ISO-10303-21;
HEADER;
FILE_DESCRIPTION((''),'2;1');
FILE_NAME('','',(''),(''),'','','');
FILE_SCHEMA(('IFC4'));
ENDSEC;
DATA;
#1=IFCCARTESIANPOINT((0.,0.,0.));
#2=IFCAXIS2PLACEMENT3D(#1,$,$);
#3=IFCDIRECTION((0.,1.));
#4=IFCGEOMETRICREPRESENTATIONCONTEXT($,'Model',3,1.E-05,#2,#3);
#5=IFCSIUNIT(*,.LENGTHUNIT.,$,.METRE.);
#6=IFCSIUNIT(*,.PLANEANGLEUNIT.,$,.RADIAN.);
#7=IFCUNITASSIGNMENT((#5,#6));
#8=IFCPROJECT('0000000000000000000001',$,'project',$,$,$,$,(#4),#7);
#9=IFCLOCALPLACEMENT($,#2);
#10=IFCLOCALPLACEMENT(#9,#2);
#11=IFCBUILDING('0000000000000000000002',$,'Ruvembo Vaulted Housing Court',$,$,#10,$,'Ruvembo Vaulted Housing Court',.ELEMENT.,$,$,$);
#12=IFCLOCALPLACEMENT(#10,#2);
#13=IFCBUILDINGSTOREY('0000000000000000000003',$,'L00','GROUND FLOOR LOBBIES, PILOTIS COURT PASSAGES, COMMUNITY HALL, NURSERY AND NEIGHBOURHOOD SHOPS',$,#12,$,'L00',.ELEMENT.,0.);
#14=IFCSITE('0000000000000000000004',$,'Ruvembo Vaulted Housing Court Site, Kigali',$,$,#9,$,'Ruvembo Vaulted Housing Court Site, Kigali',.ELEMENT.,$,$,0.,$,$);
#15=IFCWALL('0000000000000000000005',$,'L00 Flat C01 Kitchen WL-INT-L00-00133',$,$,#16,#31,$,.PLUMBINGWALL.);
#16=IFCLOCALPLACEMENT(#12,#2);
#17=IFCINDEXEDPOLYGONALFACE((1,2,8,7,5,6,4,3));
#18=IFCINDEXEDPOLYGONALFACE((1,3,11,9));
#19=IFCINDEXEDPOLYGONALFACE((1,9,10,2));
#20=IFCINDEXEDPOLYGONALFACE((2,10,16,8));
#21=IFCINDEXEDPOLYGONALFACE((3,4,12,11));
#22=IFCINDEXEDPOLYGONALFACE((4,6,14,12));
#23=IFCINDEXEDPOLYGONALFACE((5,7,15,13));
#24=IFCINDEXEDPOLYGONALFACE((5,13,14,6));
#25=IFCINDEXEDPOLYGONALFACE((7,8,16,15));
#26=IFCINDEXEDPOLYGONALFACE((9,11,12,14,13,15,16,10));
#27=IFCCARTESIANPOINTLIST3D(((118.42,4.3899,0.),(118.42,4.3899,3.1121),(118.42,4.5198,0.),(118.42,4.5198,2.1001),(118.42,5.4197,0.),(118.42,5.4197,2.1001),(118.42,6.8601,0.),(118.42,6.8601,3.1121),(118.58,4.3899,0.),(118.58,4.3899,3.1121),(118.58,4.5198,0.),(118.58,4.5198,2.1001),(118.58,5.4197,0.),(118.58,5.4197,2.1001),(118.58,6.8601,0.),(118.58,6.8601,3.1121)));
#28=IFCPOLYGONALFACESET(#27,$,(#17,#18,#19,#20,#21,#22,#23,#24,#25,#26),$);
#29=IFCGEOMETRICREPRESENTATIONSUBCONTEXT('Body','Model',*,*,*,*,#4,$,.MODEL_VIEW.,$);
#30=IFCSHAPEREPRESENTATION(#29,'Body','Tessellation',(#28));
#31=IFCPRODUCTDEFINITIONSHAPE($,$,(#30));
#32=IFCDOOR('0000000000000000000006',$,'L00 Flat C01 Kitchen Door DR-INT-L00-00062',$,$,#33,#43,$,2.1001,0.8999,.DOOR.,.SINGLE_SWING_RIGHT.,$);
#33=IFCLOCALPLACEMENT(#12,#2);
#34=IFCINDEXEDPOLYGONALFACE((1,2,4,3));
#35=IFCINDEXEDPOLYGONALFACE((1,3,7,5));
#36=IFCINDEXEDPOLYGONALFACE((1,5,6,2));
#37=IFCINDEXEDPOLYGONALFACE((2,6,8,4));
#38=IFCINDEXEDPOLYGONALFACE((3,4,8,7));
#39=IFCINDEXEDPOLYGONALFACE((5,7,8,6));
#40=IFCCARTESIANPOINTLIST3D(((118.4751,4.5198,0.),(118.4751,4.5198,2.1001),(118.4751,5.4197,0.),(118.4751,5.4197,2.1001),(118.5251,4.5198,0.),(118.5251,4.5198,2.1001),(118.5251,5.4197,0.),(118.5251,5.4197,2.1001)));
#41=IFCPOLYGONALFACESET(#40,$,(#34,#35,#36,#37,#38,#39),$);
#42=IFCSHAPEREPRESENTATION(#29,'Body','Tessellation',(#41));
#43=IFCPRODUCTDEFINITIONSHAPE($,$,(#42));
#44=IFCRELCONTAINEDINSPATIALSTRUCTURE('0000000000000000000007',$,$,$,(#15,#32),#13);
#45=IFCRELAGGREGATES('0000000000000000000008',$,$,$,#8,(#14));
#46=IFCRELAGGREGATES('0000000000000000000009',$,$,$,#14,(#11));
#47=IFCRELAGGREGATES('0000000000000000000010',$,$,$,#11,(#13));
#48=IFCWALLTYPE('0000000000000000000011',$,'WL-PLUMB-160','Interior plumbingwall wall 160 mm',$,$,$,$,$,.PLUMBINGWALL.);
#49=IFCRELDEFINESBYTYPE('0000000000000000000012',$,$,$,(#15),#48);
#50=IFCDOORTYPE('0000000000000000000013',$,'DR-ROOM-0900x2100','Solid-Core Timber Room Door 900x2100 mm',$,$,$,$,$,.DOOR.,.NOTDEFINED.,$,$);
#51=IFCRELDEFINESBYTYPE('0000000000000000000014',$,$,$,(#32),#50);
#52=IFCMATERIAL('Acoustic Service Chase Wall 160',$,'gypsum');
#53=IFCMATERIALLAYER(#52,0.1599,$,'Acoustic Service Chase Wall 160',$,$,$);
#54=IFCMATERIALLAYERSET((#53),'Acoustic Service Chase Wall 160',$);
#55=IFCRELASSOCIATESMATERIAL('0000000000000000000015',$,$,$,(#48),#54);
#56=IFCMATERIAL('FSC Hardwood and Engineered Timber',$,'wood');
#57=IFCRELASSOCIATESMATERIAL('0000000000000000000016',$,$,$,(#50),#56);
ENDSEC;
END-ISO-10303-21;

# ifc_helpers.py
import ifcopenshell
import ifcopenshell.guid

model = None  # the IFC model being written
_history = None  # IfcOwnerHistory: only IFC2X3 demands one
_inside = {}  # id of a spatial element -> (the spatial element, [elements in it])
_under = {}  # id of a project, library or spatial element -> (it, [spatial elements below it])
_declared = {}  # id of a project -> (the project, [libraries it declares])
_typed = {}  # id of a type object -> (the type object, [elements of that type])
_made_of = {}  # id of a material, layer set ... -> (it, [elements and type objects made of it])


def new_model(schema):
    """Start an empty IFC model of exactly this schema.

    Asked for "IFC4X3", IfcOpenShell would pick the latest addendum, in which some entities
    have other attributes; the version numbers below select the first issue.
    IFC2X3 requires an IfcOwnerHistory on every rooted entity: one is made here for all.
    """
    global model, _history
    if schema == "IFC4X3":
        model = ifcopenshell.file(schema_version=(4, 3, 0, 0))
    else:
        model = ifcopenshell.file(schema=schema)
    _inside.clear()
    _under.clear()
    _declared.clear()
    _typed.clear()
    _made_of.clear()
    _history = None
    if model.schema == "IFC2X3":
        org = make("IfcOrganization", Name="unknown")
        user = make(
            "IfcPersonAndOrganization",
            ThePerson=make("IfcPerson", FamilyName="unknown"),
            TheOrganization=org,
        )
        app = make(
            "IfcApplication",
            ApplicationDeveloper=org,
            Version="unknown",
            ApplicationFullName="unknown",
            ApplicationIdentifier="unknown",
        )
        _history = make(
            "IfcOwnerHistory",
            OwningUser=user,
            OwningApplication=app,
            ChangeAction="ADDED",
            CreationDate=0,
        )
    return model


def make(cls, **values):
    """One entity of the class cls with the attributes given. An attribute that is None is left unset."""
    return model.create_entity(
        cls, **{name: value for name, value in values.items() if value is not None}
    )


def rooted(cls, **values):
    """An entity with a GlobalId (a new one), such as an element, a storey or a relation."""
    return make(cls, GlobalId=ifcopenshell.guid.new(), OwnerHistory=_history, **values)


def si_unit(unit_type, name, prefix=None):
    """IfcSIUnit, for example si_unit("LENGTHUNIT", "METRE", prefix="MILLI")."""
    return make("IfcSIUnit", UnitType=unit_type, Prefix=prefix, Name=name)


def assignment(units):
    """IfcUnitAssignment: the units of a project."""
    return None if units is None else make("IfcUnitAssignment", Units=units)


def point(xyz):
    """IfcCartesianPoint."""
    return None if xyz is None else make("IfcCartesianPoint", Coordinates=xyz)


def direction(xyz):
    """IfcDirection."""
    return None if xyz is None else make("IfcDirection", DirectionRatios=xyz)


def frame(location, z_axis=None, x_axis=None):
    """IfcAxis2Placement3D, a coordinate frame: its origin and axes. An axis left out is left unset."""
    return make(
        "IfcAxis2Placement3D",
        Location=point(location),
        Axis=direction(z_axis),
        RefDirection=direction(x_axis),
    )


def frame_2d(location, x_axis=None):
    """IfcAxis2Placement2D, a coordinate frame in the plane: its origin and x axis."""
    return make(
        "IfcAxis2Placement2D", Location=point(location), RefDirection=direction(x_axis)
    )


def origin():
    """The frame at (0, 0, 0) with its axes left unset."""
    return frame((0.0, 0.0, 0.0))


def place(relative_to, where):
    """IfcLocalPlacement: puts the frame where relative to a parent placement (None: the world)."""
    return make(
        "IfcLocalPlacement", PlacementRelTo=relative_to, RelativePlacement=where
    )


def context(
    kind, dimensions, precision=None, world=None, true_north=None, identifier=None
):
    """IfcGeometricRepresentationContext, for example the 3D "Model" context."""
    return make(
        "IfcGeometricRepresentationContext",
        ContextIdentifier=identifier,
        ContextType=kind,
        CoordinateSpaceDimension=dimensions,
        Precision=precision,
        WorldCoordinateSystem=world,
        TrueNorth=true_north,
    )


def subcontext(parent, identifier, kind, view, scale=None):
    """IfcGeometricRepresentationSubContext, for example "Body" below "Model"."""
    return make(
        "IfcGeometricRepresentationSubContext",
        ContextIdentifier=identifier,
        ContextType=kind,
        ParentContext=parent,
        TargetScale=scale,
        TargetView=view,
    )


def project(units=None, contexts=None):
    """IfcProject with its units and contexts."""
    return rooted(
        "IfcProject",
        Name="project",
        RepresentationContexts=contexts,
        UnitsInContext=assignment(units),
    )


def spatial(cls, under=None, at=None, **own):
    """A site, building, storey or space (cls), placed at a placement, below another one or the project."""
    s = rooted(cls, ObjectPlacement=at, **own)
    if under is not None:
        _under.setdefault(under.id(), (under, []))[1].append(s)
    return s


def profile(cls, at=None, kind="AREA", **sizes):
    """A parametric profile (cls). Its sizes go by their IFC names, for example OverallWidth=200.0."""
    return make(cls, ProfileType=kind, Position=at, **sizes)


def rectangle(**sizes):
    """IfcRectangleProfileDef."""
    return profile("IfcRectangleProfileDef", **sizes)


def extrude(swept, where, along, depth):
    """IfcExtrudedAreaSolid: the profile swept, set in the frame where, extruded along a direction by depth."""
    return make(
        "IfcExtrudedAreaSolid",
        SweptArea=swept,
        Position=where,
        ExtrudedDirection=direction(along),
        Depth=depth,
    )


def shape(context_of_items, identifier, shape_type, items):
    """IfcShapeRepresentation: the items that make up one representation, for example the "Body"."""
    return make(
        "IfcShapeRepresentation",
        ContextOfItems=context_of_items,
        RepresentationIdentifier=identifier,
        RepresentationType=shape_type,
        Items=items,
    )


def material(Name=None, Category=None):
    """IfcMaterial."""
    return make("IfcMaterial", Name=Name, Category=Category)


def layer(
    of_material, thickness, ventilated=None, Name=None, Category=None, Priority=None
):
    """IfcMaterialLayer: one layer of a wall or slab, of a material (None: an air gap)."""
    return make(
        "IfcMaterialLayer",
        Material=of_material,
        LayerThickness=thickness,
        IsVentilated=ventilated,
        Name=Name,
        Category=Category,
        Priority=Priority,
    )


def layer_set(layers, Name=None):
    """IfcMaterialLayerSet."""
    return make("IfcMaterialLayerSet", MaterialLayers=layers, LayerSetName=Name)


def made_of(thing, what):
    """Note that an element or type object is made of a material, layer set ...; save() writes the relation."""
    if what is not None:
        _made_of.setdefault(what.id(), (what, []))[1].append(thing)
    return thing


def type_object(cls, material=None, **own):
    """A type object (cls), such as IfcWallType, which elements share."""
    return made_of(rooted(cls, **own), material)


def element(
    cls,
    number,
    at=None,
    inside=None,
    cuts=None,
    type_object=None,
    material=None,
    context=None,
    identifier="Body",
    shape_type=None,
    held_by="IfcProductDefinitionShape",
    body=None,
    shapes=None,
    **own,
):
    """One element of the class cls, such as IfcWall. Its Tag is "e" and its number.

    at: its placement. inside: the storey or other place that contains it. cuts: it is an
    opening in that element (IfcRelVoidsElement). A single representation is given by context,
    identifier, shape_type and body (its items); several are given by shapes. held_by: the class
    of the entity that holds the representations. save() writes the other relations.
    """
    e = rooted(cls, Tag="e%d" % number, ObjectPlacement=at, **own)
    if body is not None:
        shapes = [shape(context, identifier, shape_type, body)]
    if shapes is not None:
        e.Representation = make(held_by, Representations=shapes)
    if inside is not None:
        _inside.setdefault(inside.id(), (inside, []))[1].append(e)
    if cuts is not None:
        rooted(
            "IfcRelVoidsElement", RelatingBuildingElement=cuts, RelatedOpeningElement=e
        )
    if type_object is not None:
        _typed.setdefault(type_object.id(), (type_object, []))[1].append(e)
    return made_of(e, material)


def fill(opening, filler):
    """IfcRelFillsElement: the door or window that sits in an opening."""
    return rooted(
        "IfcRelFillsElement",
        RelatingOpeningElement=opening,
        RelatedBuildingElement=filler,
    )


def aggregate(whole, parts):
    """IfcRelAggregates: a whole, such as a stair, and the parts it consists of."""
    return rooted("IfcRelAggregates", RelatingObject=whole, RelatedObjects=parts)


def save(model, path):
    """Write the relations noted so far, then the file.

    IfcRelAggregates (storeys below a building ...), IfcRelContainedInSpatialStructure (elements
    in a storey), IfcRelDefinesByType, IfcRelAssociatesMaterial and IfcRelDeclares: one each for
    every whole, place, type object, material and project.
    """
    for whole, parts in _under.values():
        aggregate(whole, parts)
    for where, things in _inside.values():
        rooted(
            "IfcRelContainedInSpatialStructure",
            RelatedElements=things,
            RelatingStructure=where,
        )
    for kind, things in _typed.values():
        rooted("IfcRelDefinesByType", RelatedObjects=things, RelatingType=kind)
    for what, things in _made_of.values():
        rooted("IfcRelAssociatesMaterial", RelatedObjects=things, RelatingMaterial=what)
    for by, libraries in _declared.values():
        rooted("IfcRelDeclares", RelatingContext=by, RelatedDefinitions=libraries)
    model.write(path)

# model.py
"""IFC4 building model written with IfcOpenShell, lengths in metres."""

from ifc_helpers import new_model, si_unit, direction, frame, frame_2d, origin, place, context, subcontext, project, spatial, rectangle, extrude, material, layer, layer_set, type_object, element, fill, save


model = new_model("IFC4")

# Units and contexts
model_context = context("Model", 3, precision=1e-05, world=origin(), true_north=direction((0.0, 1.0)))
body_context = subcontext(model_context, "Body", "Model", "MODEL_VIEW")
ifc_project = project(units=[si_unit("LENGTHUNIT", "METRE"), si_unit("PLANEANGLEUNIT", "RADIAN")], contexts=[model_context])

# Site, building, storey
site_placement = place(None, origin())
site = spatial("IfcSite", under=ifc_project, at=site_placement, Name="Ruvembo Vaulted Housing Court Site, Kigali", LongName="Ruvembo Vaulted Housing Court Site, Kigali", CompositionType="ELEMENT", RefElevation=0.0)
building_placement = place(site_placement, origin())
building = spatial("IfcBuilding", under=site, at=building_placement, Name="Ruvembo Vaulted Housing Court", LongName="Ruvembo Vaulted Housing Court", CompositionType="ELEMENT")
storey_placement = place(building_placement, origin())
storey = spatial("IfcBuildingStorey", under=building, at=storey_placement, Name="L00", Description="GROUND FLOOR LOBBIES, PILOTIS COURT PASSAGES, COMMUNITY HALL, NURSERY AND NEIGHBOURHOOD SHOPS", LongName="L00", CompositionType="ELEMENT", Elevation=0.0)

# Shared definitions
ifc_material_1 = material(Name="FSC Hardwood and Engineered Timber", Category="wood")

# Wall, opening, door
ifc_material_2 = material(Name="Acoustic Service Chase Wall 160", Category="gypsum")
ifc_layer_1 = layer(ifc_material_2, 0.1599, Name="Acoustic Service Chase Wall 160")
ifc_layer_set_1 = layer_set([ifc_layer_1], Name="Acoustic Service Chase Wall 160")
wall_type_1 = type_object("IfcWallType", Name="WL-PLUMB-160", Description="Interior plumbingwall wall 160 mm", PredefinedType="PLUMBINGWALL", material=ifc_layer_set_1)
wall_1_placement = place(storey_placement, frame((118.5, 4.3899, 0.0), z_axis=(0.0, 0.0, 1.0), x_axis=(0.0, 1.0, 0.0)))
wall_1 = element("IfcWall", 1, at=wall_1_placement, inside=storey, type_object=wall_type_1, Name="L00 Flat C01 Kitchen WL-INT-L00-00133", PredefinedType="PLUMBINGWALL", context=body_context, shape_type="SweptSolid", body=[
    extrude(rectangle(XDim=2.4702, YDim=0.1599, at=frame_2d((1.2351, 0.0))), origin(), (0.0, 0.0, 1.0), 3.1121),
])
opening_1_placement = place(wall_1_placement, frame((0.1299, 0.0, 0.0)))
opening_1 = element("IfcOpeningElement", 2, at=opening_1_placement, cuts=wall_1, PredefinedType="OPENING", context=body_context, shape_type="SweptSolid", body=[
    extrude(rectangle(XDim=0.8999, YDim=2.1001, at=frame_2d((0.45, 1.05))), frame((0.0, 0.0898, 0.0), z_axis=(0.0, -1.0, 0.0), x_axis=(1.0, 0.0, 0.0)), (0.0, 0.0, 1.0), 0.1799),
])
door_type_1 = type_object("IfcDoorType", Name="DR-ROOM-0900x2100", Description="Solid-Core Timber Room Door 900x2100 mm", OperationType="NOTDEFINED", PredefinedType="DOOR", material=ifc_material_1)
door_1_placement = place(opening_1_placement, origin())
door_1 = element("IfcDoor", 3, at=door_1_placement, inside=storey, type_object=door_type_1, Name="L00 Flat C01 Kitchen Door DR-INT-L00-00062", OperationType="SINGLE_SWING_RIGHT", OverallHeight=2.1001, OverallWidth=0.8999, PredefinedType="DOOR", context=body_context, shape_type="SweptSolid", body=[
    extrude(rectangle(XDim=0.8999, YDim=2.1001, at=frame_2d((0.45, 1.05))), frame((0.0, 0.0249, 0.0), z_axis=(0.0, -1.0, 0.0), x_axis=(1.0, 0.0, 0.0)), (0.0, 0.0, 1.0), 0.05),
])
fill(opening_1, door_1)

save(model, "model.ifc")
